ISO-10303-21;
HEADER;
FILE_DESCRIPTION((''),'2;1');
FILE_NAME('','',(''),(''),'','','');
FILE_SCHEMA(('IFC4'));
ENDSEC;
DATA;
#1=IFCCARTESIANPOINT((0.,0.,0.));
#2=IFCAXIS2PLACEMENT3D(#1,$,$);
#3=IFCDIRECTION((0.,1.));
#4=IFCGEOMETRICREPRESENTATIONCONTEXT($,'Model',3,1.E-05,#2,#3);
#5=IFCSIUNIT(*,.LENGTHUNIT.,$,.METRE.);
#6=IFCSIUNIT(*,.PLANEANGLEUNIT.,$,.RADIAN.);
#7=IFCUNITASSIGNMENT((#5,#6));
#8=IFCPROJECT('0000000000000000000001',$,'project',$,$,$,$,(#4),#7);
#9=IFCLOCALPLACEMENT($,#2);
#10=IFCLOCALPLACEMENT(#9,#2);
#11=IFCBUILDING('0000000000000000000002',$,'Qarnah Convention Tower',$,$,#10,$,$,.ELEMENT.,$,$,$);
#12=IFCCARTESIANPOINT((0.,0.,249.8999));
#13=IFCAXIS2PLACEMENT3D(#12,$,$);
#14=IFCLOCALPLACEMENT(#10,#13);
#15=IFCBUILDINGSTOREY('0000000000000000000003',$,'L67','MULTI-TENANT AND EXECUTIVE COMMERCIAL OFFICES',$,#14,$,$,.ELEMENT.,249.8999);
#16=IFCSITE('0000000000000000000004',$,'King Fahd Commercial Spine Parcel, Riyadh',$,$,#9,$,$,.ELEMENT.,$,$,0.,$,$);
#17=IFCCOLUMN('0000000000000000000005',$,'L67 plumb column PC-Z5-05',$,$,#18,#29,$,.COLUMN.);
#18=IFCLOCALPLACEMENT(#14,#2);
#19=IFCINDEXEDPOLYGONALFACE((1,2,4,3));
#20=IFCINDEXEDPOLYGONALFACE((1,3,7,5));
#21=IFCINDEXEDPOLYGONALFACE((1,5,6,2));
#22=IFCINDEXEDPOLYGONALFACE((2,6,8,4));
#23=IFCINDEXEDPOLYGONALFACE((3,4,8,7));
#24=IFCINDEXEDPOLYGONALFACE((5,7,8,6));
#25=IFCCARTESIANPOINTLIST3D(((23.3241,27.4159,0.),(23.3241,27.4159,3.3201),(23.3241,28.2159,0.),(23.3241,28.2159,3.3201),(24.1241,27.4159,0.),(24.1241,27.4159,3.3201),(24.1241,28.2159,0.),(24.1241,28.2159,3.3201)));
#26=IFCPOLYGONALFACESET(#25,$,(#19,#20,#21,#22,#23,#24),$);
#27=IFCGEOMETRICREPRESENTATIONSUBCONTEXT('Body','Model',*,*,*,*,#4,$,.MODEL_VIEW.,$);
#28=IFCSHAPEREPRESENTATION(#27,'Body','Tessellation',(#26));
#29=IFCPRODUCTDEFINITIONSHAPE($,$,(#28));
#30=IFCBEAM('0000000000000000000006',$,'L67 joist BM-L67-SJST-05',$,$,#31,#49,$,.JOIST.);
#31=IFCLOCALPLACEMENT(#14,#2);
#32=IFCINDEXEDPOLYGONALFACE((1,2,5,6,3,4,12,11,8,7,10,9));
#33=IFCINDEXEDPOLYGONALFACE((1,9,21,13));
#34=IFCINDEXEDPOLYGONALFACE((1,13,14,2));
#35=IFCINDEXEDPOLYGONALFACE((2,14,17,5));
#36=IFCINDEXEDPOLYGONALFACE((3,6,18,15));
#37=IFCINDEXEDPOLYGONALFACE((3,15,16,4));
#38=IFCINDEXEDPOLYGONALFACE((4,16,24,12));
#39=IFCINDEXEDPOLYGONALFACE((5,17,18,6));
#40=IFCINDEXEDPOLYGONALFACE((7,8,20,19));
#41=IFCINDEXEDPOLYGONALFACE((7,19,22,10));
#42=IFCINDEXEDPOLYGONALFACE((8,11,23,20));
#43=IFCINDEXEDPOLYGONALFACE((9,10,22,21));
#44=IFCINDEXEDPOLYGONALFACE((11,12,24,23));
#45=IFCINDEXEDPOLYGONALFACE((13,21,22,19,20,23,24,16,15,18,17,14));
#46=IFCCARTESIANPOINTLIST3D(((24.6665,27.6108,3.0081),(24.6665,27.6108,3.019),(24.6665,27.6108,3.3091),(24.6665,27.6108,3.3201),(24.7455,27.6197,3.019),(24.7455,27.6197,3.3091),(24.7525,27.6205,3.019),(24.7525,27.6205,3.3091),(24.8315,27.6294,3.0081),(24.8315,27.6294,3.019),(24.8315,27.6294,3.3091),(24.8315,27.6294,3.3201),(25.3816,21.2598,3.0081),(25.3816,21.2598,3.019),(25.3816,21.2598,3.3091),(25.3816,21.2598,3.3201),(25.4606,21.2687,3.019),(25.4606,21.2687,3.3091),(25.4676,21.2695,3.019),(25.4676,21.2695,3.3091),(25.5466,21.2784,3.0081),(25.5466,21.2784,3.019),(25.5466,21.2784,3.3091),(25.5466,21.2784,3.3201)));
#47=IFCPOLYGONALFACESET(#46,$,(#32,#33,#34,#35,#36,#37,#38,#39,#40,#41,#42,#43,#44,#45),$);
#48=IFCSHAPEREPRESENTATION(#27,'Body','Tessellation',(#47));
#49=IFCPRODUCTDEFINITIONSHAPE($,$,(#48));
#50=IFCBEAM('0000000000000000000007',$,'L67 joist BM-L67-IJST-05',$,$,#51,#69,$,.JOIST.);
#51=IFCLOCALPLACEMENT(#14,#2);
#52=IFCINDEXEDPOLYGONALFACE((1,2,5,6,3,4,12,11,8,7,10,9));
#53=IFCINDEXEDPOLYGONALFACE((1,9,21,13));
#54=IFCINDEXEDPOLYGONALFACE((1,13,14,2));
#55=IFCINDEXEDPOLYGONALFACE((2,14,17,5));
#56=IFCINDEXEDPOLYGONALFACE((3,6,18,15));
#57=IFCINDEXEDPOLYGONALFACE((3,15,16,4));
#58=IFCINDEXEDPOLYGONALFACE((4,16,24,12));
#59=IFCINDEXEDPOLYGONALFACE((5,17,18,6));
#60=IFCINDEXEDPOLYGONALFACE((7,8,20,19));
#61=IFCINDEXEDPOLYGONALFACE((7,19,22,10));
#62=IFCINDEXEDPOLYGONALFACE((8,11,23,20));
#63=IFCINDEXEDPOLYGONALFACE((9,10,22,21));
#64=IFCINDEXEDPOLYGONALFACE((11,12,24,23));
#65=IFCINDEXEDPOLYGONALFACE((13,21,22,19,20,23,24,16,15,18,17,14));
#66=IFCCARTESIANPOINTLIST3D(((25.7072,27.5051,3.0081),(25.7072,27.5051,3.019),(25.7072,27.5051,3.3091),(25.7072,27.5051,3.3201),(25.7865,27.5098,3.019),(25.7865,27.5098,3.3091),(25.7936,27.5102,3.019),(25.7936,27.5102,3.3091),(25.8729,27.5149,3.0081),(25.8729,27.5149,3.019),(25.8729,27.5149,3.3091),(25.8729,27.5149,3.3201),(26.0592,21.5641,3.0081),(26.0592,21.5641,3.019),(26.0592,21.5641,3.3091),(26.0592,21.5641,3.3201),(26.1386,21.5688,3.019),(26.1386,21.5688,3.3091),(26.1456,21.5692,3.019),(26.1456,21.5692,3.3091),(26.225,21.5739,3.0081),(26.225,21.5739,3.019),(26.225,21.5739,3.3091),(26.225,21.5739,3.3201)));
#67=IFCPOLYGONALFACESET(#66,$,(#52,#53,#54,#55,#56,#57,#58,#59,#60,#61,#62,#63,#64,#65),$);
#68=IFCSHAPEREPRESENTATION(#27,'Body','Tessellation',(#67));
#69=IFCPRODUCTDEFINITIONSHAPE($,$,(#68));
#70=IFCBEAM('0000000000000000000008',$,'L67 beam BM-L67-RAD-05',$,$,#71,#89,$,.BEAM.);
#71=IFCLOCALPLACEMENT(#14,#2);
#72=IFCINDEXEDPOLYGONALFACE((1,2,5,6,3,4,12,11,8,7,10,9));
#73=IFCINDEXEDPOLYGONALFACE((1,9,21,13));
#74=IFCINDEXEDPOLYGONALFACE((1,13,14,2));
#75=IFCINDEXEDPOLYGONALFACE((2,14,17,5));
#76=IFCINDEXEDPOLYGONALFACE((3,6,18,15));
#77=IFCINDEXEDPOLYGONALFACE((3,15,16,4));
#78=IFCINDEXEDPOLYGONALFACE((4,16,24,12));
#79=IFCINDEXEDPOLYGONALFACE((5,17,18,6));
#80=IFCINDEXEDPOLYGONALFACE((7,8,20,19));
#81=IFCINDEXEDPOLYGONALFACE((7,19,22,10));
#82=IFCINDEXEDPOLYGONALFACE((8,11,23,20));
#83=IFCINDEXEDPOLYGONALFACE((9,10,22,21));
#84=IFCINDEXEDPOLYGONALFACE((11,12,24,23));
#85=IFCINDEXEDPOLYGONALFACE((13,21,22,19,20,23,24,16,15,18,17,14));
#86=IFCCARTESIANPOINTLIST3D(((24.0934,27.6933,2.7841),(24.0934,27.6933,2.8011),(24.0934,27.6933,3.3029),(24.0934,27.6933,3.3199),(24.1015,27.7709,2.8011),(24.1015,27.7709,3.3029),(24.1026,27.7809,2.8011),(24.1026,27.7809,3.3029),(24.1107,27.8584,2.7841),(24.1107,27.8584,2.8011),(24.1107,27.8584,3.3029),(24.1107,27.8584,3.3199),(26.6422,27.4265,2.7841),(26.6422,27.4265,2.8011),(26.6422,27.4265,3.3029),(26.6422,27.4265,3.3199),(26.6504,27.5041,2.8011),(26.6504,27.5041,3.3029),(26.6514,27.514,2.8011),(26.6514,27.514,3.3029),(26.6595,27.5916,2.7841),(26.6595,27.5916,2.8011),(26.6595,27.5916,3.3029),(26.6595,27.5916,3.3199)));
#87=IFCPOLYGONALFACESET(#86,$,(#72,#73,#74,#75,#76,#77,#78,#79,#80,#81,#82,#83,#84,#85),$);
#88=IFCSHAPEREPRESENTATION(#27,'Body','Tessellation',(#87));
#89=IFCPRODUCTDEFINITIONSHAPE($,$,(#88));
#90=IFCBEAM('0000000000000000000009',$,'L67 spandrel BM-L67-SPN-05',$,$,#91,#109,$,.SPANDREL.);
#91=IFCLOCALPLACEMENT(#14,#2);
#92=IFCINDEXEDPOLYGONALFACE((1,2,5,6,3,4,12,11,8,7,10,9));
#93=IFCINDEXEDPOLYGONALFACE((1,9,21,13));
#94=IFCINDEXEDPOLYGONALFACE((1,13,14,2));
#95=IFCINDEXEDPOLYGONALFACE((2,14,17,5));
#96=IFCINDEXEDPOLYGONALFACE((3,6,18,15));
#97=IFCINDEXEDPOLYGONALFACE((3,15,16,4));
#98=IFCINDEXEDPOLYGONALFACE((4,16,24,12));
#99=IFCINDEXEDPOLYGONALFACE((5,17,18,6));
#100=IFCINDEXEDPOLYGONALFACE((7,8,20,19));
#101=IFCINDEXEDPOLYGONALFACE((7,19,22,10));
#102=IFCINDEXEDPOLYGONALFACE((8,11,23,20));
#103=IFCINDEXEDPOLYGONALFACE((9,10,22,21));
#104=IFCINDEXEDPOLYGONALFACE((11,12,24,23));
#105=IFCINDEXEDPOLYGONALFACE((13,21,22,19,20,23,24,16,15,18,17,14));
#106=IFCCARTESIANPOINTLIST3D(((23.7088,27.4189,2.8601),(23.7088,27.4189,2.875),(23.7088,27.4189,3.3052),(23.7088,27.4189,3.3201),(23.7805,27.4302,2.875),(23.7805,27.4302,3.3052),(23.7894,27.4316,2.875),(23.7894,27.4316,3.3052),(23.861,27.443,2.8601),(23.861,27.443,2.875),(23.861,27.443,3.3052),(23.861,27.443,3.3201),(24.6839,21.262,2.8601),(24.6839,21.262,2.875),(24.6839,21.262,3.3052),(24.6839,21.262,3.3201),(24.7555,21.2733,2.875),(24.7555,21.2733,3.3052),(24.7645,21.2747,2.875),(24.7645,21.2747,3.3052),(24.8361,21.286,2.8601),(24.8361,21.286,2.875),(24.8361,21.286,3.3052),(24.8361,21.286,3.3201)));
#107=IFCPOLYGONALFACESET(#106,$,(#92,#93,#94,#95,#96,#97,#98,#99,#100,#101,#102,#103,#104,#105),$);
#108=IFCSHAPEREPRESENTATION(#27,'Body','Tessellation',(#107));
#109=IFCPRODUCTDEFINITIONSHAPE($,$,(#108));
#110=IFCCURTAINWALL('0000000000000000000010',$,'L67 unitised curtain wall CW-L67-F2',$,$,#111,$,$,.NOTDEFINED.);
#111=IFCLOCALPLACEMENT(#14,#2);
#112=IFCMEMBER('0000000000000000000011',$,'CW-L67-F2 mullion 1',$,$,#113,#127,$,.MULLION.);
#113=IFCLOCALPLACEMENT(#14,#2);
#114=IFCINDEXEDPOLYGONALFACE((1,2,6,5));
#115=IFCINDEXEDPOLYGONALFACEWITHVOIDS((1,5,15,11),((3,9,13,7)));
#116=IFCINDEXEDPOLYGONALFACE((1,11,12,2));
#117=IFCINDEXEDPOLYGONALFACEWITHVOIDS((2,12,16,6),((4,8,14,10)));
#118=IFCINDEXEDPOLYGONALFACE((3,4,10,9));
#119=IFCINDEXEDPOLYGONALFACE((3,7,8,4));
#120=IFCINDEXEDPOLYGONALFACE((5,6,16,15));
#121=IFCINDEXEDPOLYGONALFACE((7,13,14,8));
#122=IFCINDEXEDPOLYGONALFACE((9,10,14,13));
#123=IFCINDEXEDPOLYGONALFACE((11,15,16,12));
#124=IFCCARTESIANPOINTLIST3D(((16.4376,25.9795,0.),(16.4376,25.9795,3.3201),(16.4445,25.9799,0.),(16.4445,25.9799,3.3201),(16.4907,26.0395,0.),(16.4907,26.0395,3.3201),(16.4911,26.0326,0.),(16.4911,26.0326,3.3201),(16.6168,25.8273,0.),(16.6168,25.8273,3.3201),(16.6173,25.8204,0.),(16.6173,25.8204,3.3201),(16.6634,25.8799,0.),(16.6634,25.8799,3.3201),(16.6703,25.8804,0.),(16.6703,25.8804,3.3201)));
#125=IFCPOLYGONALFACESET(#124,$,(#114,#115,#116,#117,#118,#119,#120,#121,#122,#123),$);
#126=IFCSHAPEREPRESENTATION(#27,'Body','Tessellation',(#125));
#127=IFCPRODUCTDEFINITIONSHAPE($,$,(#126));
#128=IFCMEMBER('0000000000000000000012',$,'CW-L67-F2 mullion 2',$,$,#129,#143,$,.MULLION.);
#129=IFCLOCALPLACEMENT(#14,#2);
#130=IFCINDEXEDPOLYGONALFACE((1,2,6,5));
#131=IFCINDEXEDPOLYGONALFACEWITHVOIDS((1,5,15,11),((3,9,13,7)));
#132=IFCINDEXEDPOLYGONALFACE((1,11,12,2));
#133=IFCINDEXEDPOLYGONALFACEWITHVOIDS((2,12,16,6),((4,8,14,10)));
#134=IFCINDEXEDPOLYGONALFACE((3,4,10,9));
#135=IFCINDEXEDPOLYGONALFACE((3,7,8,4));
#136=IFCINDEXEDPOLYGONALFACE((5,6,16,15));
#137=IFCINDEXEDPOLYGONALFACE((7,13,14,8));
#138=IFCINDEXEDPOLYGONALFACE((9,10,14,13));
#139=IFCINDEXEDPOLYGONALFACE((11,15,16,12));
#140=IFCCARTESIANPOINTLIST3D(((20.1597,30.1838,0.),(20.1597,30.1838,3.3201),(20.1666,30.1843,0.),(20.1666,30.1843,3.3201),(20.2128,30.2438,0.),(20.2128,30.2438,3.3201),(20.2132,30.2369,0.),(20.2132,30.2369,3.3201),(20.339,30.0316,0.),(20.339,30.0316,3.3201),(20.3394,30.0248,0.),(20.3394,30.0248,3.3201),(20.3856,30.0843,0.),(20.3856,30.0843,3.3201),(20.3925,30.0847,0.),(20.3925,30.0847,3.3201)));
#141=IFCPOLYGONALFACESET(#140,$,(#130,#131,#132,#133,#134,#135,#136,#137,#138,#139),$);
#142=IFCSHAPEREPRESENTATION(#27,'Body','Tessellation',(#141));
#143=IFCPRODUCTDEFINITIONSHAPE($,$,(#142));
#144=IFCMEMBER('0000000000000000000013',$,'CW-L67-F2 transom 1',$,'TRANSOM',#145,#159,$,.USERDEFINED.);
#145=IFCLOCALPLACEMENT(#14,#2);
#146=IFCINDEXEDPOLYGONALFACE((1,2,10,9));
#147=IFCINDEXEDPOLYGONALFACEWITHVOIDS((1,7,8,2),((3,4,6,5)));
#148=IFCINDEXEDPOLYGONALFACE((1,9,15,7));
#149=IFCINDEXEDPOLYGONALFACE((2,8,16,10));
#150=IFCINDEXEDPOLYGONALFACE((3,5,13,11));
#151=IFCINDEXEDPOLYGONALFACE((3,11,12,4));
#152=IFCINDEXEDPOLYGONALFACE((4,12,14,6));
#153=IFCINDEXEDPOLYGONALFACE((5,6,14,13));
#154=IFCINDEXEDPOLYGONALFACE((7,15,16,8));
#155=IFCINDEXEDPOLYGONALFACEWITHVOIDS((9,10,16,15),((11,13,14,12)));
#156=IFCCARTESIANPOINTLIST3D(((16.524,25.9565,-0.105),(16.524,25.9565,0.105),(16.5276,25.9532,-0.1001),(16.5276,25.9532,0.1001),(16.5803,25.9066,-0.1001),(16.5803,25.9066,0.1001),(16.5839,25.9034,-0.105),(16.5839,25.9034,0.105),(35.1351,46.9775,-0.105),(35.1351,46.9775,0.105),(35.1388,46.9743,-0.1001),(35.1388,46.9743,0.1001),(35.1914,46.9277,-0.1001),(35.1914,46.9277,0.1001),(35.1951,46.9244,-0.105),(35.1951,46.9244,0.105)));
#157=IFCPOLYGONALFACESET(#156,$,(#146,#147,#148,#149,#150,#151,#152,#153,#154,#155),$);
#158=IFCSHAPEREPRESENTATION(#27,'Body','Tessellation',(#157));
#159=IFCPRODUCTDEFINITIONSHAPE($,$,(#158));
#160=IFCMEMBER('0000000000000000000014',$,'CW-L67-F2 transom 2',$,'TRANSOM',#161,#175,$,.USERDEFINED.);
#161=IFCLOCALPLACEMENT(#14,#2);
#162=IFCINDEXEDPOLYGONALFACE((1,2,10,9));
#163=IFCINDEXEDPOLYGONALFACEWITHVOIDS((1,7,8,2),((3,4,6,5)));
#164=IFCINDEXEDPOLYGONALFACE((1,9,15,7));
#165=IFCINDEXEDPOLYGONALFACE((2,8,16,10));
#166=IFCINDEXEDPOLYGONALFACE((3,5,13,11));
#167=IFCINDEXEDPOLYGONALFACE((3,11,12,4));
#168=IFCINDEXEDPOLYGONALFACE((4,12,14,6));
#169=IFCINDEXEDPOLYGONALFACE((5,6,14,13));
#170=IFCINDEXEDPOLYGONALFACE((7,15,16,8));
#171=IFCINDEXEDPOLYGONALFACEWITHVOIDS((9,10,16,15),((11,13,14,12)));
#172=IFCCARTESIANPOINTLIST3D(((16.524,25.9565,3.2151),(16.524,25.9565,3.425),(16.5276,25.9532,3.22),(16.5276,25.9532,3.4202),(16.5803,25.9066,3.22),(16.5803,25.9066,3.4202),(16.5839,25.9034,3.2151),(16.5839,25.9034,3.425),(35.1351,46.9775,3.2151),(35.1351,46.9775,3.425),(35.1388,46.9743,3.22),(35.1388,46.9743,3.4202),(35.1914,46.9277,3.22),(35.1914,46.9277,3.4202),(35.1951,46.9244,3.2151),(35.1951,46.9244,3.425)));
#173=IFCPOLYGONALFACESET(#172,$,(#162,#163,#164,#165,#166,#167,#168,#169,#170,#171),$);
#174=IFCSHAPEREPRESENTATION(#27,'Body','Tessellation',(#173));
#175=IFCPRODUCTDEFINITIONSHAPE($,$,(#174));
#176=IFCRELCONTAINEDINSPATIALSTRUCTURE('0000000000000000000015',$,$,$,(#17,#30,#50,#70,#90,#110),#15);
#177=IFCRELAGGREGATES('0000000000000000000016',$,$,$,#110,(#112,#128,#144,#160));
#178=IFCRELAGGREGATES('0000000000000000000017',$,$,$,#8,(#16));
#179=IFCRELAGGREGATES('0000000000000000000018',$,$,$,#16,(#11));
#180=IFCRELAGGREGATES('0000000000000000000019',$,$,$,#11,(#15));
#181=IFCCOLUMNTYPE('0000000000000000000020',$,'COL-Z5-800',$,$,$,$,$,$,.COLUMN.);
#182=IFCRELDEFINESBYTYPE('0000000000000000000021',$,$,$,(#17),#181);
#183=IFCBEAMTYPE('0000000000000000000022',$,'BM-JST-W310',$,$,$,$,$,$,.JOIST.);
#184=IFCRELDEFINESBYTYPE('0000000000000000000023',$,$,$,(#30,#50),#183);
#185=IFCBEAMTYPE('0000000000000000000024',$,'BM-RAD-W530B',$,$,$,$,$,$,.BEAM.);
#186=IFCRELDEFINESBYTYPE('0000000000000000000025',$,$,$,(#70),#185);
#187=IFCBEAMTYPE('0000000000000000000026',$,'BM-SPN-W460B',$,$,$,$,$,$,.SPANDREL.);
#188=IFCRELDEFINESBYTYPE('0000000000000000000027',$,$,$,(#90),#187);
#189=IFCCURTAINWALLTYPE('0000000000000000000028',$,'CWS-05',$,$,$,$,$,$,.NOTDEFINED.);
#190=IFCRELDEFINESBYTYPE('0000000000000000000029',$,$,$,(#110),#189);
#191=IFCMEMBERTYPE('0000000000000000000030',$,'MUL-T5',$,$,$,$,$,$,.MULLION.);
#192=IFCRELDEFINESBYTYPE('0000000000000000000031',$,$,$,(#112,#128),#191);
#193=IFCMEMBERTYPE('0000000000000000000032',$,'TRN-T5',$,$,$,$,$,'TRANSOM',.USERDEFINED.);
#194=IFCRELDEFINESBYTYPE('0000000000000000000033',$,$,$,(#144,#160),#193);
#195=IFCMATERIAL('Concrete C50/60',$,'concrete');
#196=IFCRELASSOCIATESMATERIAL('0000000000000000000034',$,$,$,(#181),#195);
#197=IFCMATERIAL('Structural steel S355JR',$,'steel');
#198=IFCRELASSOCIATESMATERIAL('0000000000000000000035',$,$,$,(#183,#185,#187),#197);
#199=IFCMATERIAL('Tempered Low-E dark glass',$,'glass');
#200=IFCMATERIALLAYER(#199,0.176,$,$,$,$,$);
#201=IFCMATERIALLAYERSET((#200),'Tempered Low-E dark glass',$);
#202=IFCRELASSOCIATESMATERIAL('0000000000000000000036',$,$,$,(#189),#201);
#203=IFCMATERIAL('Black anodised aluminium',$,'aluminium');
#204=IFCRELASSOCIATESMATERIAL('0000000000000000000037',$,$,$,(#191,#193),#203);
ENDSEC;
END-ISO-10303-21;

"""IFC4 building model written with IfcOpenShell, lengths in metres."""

from ifc_helpers import new_model, si_unit, direction, frame, origin, origin_2d, place, context, subcontext, project, spatial, rectangle, hollow_rectangle, i_section, extrude, material, layer, layer_set, material_profile, profile_set, type_object, element, aggregate, save


model = new_model("IFC4")

# Units and contexts
model_context = context("Model", 3, precision=1e-05, world=origin(), true_north=direction((0.0, 1.0)))
body_context = subcontext(model_context, "Body", "Model", "MODEL_VIEW")
ifc_project = project(units=[si_unit("LENGTHUNIT", "METRE"), si_unit("PLANEANGLEUNIT", "RADIAN")], contexts=[model_context])

# Site, building, storey
site_placement = place(None, origin())
site = spatial("IfcSite", under=ifc_project, at=site_placement, Name="King Fahd Commercial Spine Parcel, Riyadh", CompositionType="ELEMENT", RefElevation=0.0)
building_placement = place(site_placement, origin())
building = spatial("IfcBuilding", under=site, at=building_placement, Name="Qarnah Convention Tower", CompositionType="ELEMENT")
storey_placement = place(building_placement, frame((0.0, 0.0, 249.8999)))
storey = spatial("IfcBuildingStorey", under=building, at=storey_placement, Name="L67", Description="MULTI-TENANT AND EXECUTIVE COMMERCIAL OFFICES", CompositionType="ELEMENT", Elevation=249.8999)

# Column
ifc_material_1 = material(Name="Concrete C50/60", Category="concrete")
ifc_material_profile_1 = material_profile(ifc_material_1, rectangle(XDim=0.8, YDim=0.8, at=origin_2d()), Name="RC-COL-800X800")
ifc_profile_set_1 = profile_set([ifc_material_profile_1], Name="Concrete C50/60")
column_type = type_object("IfcColumnType", Name="COL-Z5-800", PredefinedType="COLUMN", material=ifc_profile_set_1)
column_placement = place(storey_placement, frame((23.7241, 27.8159, 0.0), z_axis=(0.0, 0.0, 1.0), x_axis=(1.0, 0.0, 0.0)))
element("IfcColumn", 1, at=column_placement, inside=storey, type_object=column_type, Name="L67 plumb column PC-Z5-05", PredefinedType="COLUMN", context=body_context, shape_type="SweptSolid", body=[
    extrude(rectangle(XDim=0.8, YDim=0.8, at=origin_2d()), origin(), (0.0, 0.0, 1.0), 3.3201),
])

# Beams
ifc_material_2 = material(Name="Structural steel S355JR", Category="steel")
ifc_material_profile_2 = material_profile(ifc_material_2, i_section(OverallWidth=0.166, OverallDepth=0.312, WebThickness=0.0071, FlangeThickness=0.011, at=origin_2d()), Name="W310X45")
ifc_profile_set_2 = profile_set([ifc_material_profile_2], Name="Structural steel S355JR")
beam_type_1 = type_object("IfcBeamType", Name="BM-JST-W310", PredefinedType="JOIST", material=ifc_profile_set_2)
beam_1_placement = place(storey_placement, frame((24.749, 27.6201, 3.1641), z_axis=(0.111886, -0.993721, 0.0), x_axis=(0.993721, 0.111886, 0.0)))
element("IfcBeam", 2, at=beam_1_placement, inside=storey, type_object=beam_type_1, Name="L67 joist BM-L67-SJST-05", PredefinedType="JOIST", context=body_context, shape_type="SweptSolid", body=[
    extrude(i_section(OverallWidth=0.166, OverallDepth=0.312, WebThickness=0.0071, FlangeThickness=0.011, at=origin_2d()), origin(), (0.0, 0.0, 1.0), 6.3911),
])
beam_2_placement = place(storey_placement, frame((25.79, 27.51, 3.1641), z_axis=(0.059155, -0.998249, 0.0), x_axis=(0.998249, 0.059155, 0.0)))
element("IfcBeam", 3, at=beam_2_placement, inside=storey, type_object=beam_type_1, Name="L67 joist BM-L67-IJST-05", PredefinedType="JOIST", context=body_context, shape_type="SweptSolid", body=[
    extrude(i_section(OverallWidth=0.166, OverallDepth=0.312, WebThickness=0.0071, FlangeThickness=0.011, at=origin_2d()), origin(), (0.0, 0.0, 1.0), 5.9514),
])
ifc_material_profile_3 = material_profile(ifc_material_2, i_section(OverallWidth=0.166, OverallDepth=0.5359, WebThickness=0.01, FlangeThickness=0.0171, at=origin_2d()), Name="W530X85")
ifc_profile_set_3 = profile_set([ifc_material_profile_3], Name="Structural steel S355JR")
beam_type_2 = type_object("IfcBeamType", Name="BM-RAD-W530B", PredefinedType="BEAM", material=ifc_profile_set_3)
beam_3_placement = place(storey_placement, frame((26.6509, 27.509, 3.052), z_axis=(-0.994564, 0.104124, 0.0), x_axis=(-0.104124, -0.994564, 0.0)))
element("IfcBeam", 4, at=beam_3_placement, inside=storey, type_object=beam_type_2, Name="L67 beam BM-L67-RAD-05", PredefinedType="BEAM", context=body_context, shape_type="SweptSolid", body=[
    extrude(i_section(OverallWidth=0.166, OverallDepth=0.5359, WebThickness=0.01, FlangeThickness=0.0171, at=origin_2d()), origin(), (0.0, 0.0, 1.0), 2.5627),
])
ifc_material_profile_4 = material_profile(ifc_material_2, i_section(OverallWidth=0.1541, OverallDepth=0.46, WebThickness=0.009, FlangeThickness=0.0149, at=origin_2d()), Name="W460X68")
ifc_profile_set_4 = profile_set([ifc_material_profile_4], Name="Structural steel S355JR")
beam_type_3 = type_object("IfcBeamType", Name="BM-SPN-W460B", PredefinedType="SPANDREL", material=ifc_profile_set_4)
beam_4_placement = place(storey_placement, frame((23.7849, 27.4309, 3.0901), z_axis=(0.156423, -0.98769, 0.0), x_axis=(0.98769, 0.156423, 0.0)))
element("IfcBeam", 5, at=beam_4_placement, inside=storey, type_object=beam_type_3, Name="L67 spandrel BM-L67-SPN-05", PredefinedType="SPANDREL", context=body_context, shape_type="SweptSolid", body=[
    extrude(i_section(OverallWidth=0.1541, OverallDepth=0.46, WebThickness=0.009, FlangeThickness=0.0149, at=origin_2d()), origin(), (0.0, 0.0, 1.0), 6.2336),
])

# Curtain wall, members
ifc_material_3 = material(Name="Tempered Low-E dark glass", Category="glass")
ifc_layer_1 = layer(ifc_material_3, 0.176)
ifc_layer_set_1 = layer_set([ifc_layer_1], Name="Tempered Low-E dark glass")
curtain_wall_type = type_object("IfcCurtainWallType", Name="CWS-05", PredefinedType="NOTDEFINED", material=ifc_layer_set_1)
curtain_wall_placement = place(storey_placement, origin())
curtain_wall = element("IfcCurtainWall", 6, at=curtain_wall_placement, inside=storey, type_object=curtain_wall_type, Name="L67 unitised curtain wall CW-L67-F2", PredefinedType="NOTDEFINED")
ifc_material_4 = material(Name="Black anodised aluminium", Category="aluminium")
ifc_material_profile_5 = material_profile(ifc_material_4, hollow_rectangle(XDim=0.0801, YDim=0.24, WallThickness=0.0049, at=origin_2d()), Name="MUL-80X240")
ifc_profile_set_5 = profile_set([ifc_material_profile_5], Name="Black anodised aluminium")
member_type_1 = type_object("IfcMemberType", Name="MUL-T5", PredefinedType="MULLION", material=ifc_profile_set_5)
member_1_placement = place(storey_placement, frame((16.554, 25.9299, 0.0), z_axis=(0.0, 0.0, 1.0), x_axis=(0.662884, 0.748723, 0.0)))
member_1 = element("IfcMember", 7, at=member_1_placement, type_object=member_type_1, Name="CW-L67-F2 mullion 1", PredefinedType="MULLION", context=body_context, shape_type="SweptSolid", body=[
    extrude(hollow_rectangle(XDim=0.0801, YDim=0.24, WallThickness=0.0049, at=origin_2d()), origin(), (0.0, 0.0, 1.0), 3.3201),
])
member_2_placement = place(storey_placement, frame((20.2761, 30.1343, 0.0), z_axis=(0.0, 0.0, 1.0), x_axis=(0.662884, 0.748723, 0.0)))
member_2 = element("IfcMember", 8, at=member_2_placement, type_object=member_type_1, Name="CW-L67-F2 mullion 2", PredefinedType="MULLION", context=body_context, shape_type="SweptSolid", body=[
    extrude(hollow_rectangle(XDim=0.0801, YDim=0.24, WallThickness=0.0049, at=origin_2d()), origin(), (0.0, 0.0, 1.0), 3.3201),
])
ifc_material_profile_6 = material_profile(ifc_material_4, hollow_rectangle(XDim=0.0801, YDim=0.21, WallThickness=0.0049, at=origin_2d()), Name="TRN-80X210")
ifc_profile_set_6 = profile_set([ifc_material_profile_6], Name="Black anodised aluminium")
member_type_2 = type_object("IfcMemberType", Name="TRN-T5", ElementType="TRANSOM", PredefinedType="USERDEFINED", material=ifc_profile_set_6)
member_3_placement = place(storey_placement, frame((16.554, 25.9299, 0.0), z_axis=(0.662885, 0.748721, 0.0), x_axis=(-0.748721, 0.662885, 0.0)))
member_3 = element("IfcMember", 9, at=member_3_placement, type_object=member_type_2, Name="CW-L67-F2 transom 1", ObjectType="TRANSOM", PredefinedType="USERDEFINED", context=body_context, shape_type="SweptSolid", body=[
    extrude(hollow_rectangle(XDim=0.0801, YDim=0.21, WallThickness=0.0049, at=origin_2d()), origin(), (0.0, 0.0, 1.0), 28.0759),
])
member_4_placement = place(storey_placement, frame((16.554, 25.9299, 3.3201), z_axis=(0.662885, 0.748721, 0.0), x_axis=(-0.748721, 0.662885, 0.0)))
member_4 = element("IfcMember", 10, at=member_4_placement, type_object=member_type_2, Name="CW-L67-F2 transom 2", ObjectType="TRANSOM", PredefinedType="USERDEFINED", context=body_context, shape_type="SweptSolid", body=[
    extrude(hollow_rectangle(XDim=0.0801, YDim=0.21, WallThickness=0.0049, at=origin_2d()), origin(), (0.0, 0.0, 1.0), 28.0759),
])
aggregate(curtain_wall, [member_1, member_2, member_3, member_4])

save(model, "model.ifc")
